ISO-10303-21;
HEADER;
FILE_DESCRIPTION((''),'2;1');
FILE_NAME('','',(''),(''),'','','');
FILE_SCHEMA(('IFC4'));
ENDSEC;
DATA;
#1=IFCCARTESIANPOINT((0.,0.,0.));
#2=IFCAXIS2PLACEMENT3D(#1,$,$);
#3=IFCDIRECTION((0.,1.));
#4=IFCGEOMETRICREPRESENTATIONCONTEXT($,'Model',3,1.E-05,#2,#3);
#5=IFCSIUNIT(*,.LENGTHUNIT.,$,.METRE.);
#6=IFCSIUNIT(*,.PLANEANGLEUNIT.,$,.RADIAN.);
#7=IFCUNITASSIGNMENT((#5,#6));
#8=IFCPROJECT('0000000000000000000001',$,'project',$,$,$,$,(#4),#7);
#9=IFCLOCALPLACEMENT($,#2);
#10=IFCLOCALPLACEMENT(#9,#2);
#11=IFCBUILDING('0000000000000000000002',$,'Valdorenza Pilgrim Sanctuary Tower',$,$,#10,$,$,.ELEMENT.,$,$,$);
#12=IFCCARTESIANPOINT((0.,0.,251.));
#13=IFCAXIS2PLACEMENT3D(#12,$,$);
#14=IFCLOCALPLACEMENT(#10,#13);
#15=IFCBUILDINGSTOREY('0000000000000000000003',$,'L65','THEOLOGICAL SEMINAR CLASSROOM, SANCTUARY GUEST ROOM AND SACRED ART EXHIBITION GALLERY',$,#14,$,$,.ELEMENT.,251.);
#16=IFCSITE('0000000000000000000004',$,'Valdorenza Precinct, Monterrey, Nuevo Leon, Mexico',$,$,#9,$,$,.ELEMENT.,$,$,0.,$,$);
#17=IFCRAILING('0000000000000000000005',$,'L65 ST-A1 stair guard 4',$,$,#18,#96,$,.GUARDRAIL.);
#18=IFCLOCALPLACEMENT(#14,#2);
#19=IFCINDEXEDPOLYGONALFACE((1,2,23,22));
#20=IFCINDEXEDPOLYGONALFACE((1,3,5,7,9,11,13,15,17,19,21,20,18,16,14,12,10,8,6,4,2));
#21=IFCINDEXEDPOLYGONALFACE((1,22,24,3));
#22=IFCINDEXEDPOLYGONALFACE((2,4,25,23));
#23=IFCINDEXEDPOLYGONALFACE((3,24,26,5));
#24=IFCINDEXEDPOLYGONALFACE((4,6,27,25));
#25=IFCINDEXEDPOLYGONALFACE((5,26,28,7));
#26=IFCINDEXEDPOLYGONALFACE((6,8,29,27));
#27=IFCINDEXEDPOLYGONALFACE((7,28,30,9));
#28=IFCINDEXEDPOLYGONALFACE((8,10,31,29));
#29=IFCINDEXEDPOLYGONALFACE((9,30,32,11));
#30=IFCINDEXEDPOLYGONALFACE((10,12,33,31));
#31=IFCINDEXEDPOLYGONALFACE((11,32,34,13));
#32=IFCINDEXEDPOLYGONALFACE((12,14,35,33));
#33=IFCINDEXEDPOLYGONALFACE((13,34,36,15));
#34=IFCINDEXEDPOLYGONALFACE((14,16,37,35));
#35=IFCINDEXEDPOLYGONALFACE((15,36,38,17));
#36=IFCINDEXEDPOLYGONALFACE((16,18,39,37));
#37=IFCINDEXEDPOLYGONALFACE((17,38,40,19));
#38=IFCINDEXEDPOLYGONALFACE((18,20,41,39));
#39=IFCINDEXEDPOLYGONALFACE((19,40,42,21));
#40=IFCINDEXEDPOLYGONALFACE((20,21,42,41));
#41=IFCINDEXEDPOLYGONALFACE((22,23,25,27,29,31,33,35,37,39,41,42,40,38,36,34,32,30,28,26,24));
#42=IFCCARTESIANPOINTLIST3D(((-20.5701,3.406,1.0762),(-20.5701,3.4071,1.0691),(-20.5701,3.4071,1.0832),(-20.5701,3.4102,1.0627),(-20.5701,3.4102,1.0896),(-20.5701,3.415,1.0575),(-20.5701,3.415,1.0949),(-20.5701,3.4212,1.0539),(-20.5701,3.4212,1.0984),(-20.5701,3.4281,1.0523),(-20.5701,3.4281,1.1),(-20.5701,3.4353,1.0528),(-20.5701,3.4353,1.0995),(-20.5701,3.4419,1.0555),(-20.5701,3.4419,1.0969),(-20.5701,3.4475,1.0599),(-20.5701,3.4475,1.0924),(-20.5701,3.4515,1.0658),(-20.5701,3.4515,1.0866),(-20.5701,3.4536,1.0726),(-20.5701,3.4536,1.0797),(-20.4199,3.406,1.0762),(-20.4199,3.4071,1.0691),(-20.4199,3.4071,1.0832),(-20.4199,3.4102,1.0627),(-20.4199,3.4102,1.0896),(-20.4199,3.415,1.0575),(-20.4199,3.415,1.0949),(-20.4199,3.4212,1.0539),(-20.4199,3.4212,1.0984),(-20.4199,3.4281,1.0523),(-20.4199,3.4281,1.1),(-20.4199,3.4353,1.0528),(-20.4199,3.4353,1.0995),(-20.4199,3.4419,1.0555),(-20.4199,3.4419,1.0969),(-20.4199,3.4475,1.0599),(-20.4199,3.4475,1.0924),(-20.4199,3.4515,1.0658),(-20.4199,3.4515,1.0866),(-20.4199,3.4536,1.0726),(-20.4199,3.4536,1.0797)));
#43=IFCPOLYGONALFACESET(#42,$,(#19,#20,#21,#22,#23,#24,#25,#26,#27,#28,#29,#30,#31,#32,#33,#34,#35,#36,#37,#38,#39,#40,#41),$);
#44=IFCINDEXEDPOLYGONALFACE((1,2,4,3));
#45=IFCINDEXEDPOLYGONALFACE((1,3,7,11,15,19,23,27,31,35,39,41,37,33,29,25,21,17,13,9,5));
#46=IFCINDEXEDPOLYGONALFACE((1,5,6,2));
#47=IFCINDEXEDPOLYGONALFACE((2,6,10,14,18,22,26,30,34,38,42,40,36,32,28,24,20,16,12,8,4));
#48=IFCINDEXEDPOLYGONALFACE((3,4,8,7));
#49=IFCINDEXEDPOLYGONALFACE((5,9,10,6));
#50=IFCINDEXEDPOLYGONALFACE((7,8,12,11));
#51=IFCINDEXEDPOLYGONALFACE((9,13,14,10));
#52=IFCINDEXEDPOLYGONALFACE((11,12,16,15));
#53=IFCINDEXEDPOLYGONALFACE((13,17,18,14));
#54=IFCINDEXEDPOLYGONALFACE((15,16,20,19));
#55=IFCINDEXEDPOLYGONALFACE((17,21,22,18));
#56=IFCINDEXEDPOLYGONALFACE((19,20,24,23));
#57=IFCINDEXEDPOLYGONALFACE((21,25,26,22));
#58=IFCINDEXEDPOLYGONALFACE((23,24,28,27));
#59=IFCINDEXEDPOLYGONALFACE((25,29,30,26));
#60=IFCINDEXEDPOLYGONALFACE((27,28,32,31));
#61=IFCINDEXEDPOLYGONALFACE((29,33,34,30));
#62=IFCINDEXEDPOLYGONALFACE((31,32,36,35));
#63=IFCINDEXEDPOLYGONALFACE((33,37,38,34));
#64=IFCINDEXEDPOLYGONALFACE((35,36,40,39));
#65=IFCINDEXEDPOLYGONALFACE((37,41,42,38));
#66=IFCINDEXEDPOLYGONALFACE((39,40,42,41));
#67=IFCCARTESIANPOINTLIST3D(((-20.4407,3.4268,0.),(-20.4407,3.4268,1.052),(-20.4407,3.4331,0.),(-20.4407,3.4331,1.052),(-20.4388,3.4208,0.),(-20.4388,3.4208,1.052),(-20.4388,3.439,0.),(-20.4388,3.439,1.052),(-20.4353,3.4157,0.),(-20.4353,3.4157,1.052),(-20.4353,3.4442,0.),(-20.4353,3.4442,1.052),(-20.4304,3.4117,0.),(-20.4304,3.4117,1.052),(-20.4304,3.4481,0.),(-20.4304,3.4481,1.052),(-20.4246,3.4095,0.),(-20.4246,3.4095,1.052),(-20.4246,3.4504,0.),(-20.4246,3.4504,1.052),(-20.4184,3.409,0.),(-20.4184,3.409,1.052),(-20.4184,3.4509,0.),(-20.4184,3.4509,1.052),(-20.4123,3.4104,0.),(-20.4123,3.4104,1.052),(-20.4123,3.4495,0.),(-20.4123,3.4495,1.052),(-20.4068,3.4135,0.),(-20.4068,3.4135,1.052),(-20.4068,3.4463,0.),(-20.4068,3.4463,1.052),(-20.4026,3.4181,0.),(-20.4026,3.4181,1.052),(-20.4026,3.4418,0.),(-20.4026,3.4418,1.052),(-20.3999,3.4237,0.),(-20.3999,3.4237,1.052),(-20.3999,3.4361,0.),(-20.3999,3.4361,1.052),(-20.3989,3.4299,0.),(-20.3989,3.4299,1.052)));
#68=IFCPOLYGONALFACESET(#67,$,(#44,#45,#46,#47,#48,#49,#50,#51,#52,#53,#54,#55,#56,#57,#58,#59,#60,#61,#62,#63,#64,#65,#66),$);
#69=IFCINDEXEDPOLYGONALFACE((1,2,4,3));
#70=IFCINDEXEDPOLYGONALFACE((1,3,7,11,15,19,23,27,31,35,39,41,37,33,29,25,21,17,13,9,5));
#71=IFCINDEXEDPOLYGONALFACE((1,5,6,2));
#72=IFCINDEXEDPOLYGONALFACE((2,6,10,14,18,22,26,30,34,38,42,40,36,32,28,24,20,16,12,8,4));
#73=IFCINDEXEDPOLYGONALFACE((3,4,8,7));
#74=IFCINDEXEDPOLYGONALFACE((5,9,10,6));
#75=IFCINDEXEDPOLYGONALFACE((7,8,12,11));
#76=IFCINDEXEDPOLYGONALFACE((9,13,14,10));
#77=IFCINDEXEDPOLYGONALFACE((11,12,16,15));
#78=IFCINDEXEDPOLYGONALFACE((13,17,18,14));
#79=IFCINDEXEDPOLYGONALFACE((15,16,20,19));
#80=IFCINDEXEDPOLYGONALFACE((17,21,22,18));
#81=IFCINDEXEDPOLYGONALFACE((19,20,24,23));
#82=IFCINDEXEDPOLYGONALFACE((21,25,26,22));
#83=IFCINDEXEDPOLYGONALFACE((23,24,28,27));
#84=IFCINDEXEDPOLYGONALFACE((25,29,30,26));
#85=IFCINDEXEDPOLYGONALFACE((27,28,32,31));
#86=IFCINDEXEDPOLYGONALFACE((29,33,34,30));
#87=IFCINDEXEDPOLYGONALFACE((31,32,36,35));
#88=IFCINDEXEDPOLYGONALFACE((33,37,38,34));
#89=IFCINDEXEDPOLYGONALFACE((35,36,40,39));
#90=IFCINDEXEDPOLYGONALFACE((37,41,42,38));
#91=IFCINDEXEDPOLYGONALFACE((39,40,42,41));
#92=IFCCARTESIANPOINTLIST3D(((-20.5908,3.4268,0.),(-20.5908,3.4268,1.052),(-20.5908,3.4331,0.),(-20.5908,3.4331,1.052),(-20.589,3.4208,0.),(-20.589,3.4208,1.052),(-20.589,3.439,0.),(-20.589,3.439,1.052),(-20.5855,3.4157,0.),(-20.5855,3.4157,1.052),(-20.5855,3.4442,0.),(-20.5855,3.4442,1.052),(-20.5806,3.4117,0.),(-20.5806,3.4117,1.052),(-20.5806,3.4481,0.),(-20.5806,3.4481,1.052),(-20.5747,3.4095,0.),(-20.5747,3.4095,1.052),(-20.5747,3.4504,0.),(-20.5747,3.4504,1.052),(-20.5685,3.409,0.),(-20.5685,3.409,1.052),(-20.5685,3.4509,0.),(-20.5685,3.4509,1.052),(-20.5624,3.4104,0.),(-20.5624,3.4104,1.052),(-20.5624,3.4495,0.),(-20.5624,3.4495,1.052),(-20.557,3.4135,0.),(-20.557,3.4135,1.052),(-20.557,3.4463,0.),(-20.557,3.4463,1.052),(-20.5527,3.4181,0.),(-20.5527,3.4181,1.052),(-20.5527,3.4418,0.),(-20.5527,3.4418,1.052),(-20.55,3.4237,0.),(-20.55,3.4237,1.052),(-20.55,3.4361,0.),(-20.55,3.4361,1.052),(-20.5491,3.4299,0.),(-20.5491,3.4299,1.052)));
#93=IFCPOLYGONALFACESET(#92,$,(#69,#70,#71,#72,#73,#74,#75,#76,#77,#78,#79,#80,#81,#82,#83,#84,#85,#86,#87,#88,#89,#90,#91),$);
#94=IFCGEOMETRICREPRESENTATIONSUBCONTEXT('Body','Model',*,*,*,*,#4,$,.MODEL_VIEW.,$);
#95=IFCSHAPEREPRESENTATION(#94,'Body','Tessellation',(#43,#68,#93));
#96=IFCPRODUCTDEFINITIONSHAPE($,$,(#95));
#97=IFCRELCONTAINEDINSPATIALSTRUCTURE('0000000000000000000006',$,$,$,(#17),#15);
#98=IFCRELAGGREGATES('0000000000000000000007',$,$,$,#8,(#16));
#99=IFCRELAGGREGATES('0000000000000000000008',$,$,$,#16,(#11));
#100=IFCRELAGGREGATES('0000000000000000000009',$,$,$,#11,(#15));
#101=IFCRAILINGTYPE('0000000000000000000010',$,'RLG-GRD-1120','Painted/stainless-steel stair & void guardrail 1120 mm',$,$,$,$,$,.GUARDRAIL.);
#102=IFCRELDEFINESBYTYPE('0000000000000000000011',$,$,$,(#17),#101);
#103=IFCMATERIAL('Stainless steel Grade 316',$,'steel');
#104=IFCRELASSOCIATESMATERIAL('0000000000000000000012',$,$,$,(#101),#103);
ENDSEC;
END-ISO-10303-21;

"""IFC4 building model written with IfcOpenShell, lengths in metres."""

from ifc_helpers import new_model, si_unit, direction, frame, origin, origin_2d, place, context, subcontext, project, spatial, circle, extrude, material, type_object, element, save


model = new_model("IFC4")

# Units and contexts
model_context = context("Model", 3, precision=1e-05, world=origin(), true_north=direction((0.0, 1.0)))
body_context = subcontext(model_context, "Body", "Model", "MODEL_VIEW")
ifc_project = project(units=[si_unit("LENGTHUNIT", "METRE"), si_unit("PLANEANGLEUNIT", "RADIAN")], contexts=[model_context])

# Site, building, storey
site_placement = place(None, origin())
site = spatial("IfcSite", under=ifc_project, at=site_placement, Name="Valdorenza Precinct, Monterrey, Nuevo Leon, Mexico", CompositionType="ELEMENT", RefElevation=0.0)
building_placement = place(site_placement, origin())
building = spatial("IfcBuilding", under=site, at=building_placement, Name="Valdorenza Pilgrim Sanctuary Tower", CompositionType="ELEMENT")
storey_placement = place(building_placement, frame((0.0, 0.0, 251.0)))
storey = spatial("IfcBuildingStorey", under=building, at=storey_placement, Name="L65", Description="THEOLOGICAL SEMINAR CLASSROOM, SANCTUARY GUEST ROOM AND SACRED ART EXHIBITION GALLERY", CompositionType="ELEMENT", Elevation=251.0)

# Railing
ifc_material_1 = material(Name="Stainless steel Grade 316", Category="steel")
railing_type_1 = type_object("IfcRailingType", Name="RLG-GRD-1120", Description="Painted/stainless-steel stair & void guardrail 1120 mm", PredefinedType="GUARDRAIL", material=ifc_material_1)
railing_1_placement = place(storey_placement, frame((-20.4199, 3.4299, 0.0)))
element("IfcRailing", 1, at=railing_1_placement, inside=storey, type_object=railing_type_1, Name="L65 ST-A1 stair guard 4", PredefinedType="GUARDRAIL", context=body_context, shape_type="SweptSolid", body=[
    extrude(circle(Radius=0.0239, at=origin_2d()), frame((0.0, 0.0, 1.0762), z_axis=(-1.0, 0.0, 0.0), x_axis=(0.0, -1.0, 0.0)), (0.0, 0.0, 1.0), 0.1501),
    extrude(circle(Radius=0.021, at=origin_2d()), origin(), (0.0, 0.0, 1.0), 1.052),
    extrude(circle(Radius=0.021, at=origin_2d()), frame((-0.1501, 0.0, 0.0)), (0.0, 0.0, 1.0), 1.052),
])

save(model, "model.ifc")
